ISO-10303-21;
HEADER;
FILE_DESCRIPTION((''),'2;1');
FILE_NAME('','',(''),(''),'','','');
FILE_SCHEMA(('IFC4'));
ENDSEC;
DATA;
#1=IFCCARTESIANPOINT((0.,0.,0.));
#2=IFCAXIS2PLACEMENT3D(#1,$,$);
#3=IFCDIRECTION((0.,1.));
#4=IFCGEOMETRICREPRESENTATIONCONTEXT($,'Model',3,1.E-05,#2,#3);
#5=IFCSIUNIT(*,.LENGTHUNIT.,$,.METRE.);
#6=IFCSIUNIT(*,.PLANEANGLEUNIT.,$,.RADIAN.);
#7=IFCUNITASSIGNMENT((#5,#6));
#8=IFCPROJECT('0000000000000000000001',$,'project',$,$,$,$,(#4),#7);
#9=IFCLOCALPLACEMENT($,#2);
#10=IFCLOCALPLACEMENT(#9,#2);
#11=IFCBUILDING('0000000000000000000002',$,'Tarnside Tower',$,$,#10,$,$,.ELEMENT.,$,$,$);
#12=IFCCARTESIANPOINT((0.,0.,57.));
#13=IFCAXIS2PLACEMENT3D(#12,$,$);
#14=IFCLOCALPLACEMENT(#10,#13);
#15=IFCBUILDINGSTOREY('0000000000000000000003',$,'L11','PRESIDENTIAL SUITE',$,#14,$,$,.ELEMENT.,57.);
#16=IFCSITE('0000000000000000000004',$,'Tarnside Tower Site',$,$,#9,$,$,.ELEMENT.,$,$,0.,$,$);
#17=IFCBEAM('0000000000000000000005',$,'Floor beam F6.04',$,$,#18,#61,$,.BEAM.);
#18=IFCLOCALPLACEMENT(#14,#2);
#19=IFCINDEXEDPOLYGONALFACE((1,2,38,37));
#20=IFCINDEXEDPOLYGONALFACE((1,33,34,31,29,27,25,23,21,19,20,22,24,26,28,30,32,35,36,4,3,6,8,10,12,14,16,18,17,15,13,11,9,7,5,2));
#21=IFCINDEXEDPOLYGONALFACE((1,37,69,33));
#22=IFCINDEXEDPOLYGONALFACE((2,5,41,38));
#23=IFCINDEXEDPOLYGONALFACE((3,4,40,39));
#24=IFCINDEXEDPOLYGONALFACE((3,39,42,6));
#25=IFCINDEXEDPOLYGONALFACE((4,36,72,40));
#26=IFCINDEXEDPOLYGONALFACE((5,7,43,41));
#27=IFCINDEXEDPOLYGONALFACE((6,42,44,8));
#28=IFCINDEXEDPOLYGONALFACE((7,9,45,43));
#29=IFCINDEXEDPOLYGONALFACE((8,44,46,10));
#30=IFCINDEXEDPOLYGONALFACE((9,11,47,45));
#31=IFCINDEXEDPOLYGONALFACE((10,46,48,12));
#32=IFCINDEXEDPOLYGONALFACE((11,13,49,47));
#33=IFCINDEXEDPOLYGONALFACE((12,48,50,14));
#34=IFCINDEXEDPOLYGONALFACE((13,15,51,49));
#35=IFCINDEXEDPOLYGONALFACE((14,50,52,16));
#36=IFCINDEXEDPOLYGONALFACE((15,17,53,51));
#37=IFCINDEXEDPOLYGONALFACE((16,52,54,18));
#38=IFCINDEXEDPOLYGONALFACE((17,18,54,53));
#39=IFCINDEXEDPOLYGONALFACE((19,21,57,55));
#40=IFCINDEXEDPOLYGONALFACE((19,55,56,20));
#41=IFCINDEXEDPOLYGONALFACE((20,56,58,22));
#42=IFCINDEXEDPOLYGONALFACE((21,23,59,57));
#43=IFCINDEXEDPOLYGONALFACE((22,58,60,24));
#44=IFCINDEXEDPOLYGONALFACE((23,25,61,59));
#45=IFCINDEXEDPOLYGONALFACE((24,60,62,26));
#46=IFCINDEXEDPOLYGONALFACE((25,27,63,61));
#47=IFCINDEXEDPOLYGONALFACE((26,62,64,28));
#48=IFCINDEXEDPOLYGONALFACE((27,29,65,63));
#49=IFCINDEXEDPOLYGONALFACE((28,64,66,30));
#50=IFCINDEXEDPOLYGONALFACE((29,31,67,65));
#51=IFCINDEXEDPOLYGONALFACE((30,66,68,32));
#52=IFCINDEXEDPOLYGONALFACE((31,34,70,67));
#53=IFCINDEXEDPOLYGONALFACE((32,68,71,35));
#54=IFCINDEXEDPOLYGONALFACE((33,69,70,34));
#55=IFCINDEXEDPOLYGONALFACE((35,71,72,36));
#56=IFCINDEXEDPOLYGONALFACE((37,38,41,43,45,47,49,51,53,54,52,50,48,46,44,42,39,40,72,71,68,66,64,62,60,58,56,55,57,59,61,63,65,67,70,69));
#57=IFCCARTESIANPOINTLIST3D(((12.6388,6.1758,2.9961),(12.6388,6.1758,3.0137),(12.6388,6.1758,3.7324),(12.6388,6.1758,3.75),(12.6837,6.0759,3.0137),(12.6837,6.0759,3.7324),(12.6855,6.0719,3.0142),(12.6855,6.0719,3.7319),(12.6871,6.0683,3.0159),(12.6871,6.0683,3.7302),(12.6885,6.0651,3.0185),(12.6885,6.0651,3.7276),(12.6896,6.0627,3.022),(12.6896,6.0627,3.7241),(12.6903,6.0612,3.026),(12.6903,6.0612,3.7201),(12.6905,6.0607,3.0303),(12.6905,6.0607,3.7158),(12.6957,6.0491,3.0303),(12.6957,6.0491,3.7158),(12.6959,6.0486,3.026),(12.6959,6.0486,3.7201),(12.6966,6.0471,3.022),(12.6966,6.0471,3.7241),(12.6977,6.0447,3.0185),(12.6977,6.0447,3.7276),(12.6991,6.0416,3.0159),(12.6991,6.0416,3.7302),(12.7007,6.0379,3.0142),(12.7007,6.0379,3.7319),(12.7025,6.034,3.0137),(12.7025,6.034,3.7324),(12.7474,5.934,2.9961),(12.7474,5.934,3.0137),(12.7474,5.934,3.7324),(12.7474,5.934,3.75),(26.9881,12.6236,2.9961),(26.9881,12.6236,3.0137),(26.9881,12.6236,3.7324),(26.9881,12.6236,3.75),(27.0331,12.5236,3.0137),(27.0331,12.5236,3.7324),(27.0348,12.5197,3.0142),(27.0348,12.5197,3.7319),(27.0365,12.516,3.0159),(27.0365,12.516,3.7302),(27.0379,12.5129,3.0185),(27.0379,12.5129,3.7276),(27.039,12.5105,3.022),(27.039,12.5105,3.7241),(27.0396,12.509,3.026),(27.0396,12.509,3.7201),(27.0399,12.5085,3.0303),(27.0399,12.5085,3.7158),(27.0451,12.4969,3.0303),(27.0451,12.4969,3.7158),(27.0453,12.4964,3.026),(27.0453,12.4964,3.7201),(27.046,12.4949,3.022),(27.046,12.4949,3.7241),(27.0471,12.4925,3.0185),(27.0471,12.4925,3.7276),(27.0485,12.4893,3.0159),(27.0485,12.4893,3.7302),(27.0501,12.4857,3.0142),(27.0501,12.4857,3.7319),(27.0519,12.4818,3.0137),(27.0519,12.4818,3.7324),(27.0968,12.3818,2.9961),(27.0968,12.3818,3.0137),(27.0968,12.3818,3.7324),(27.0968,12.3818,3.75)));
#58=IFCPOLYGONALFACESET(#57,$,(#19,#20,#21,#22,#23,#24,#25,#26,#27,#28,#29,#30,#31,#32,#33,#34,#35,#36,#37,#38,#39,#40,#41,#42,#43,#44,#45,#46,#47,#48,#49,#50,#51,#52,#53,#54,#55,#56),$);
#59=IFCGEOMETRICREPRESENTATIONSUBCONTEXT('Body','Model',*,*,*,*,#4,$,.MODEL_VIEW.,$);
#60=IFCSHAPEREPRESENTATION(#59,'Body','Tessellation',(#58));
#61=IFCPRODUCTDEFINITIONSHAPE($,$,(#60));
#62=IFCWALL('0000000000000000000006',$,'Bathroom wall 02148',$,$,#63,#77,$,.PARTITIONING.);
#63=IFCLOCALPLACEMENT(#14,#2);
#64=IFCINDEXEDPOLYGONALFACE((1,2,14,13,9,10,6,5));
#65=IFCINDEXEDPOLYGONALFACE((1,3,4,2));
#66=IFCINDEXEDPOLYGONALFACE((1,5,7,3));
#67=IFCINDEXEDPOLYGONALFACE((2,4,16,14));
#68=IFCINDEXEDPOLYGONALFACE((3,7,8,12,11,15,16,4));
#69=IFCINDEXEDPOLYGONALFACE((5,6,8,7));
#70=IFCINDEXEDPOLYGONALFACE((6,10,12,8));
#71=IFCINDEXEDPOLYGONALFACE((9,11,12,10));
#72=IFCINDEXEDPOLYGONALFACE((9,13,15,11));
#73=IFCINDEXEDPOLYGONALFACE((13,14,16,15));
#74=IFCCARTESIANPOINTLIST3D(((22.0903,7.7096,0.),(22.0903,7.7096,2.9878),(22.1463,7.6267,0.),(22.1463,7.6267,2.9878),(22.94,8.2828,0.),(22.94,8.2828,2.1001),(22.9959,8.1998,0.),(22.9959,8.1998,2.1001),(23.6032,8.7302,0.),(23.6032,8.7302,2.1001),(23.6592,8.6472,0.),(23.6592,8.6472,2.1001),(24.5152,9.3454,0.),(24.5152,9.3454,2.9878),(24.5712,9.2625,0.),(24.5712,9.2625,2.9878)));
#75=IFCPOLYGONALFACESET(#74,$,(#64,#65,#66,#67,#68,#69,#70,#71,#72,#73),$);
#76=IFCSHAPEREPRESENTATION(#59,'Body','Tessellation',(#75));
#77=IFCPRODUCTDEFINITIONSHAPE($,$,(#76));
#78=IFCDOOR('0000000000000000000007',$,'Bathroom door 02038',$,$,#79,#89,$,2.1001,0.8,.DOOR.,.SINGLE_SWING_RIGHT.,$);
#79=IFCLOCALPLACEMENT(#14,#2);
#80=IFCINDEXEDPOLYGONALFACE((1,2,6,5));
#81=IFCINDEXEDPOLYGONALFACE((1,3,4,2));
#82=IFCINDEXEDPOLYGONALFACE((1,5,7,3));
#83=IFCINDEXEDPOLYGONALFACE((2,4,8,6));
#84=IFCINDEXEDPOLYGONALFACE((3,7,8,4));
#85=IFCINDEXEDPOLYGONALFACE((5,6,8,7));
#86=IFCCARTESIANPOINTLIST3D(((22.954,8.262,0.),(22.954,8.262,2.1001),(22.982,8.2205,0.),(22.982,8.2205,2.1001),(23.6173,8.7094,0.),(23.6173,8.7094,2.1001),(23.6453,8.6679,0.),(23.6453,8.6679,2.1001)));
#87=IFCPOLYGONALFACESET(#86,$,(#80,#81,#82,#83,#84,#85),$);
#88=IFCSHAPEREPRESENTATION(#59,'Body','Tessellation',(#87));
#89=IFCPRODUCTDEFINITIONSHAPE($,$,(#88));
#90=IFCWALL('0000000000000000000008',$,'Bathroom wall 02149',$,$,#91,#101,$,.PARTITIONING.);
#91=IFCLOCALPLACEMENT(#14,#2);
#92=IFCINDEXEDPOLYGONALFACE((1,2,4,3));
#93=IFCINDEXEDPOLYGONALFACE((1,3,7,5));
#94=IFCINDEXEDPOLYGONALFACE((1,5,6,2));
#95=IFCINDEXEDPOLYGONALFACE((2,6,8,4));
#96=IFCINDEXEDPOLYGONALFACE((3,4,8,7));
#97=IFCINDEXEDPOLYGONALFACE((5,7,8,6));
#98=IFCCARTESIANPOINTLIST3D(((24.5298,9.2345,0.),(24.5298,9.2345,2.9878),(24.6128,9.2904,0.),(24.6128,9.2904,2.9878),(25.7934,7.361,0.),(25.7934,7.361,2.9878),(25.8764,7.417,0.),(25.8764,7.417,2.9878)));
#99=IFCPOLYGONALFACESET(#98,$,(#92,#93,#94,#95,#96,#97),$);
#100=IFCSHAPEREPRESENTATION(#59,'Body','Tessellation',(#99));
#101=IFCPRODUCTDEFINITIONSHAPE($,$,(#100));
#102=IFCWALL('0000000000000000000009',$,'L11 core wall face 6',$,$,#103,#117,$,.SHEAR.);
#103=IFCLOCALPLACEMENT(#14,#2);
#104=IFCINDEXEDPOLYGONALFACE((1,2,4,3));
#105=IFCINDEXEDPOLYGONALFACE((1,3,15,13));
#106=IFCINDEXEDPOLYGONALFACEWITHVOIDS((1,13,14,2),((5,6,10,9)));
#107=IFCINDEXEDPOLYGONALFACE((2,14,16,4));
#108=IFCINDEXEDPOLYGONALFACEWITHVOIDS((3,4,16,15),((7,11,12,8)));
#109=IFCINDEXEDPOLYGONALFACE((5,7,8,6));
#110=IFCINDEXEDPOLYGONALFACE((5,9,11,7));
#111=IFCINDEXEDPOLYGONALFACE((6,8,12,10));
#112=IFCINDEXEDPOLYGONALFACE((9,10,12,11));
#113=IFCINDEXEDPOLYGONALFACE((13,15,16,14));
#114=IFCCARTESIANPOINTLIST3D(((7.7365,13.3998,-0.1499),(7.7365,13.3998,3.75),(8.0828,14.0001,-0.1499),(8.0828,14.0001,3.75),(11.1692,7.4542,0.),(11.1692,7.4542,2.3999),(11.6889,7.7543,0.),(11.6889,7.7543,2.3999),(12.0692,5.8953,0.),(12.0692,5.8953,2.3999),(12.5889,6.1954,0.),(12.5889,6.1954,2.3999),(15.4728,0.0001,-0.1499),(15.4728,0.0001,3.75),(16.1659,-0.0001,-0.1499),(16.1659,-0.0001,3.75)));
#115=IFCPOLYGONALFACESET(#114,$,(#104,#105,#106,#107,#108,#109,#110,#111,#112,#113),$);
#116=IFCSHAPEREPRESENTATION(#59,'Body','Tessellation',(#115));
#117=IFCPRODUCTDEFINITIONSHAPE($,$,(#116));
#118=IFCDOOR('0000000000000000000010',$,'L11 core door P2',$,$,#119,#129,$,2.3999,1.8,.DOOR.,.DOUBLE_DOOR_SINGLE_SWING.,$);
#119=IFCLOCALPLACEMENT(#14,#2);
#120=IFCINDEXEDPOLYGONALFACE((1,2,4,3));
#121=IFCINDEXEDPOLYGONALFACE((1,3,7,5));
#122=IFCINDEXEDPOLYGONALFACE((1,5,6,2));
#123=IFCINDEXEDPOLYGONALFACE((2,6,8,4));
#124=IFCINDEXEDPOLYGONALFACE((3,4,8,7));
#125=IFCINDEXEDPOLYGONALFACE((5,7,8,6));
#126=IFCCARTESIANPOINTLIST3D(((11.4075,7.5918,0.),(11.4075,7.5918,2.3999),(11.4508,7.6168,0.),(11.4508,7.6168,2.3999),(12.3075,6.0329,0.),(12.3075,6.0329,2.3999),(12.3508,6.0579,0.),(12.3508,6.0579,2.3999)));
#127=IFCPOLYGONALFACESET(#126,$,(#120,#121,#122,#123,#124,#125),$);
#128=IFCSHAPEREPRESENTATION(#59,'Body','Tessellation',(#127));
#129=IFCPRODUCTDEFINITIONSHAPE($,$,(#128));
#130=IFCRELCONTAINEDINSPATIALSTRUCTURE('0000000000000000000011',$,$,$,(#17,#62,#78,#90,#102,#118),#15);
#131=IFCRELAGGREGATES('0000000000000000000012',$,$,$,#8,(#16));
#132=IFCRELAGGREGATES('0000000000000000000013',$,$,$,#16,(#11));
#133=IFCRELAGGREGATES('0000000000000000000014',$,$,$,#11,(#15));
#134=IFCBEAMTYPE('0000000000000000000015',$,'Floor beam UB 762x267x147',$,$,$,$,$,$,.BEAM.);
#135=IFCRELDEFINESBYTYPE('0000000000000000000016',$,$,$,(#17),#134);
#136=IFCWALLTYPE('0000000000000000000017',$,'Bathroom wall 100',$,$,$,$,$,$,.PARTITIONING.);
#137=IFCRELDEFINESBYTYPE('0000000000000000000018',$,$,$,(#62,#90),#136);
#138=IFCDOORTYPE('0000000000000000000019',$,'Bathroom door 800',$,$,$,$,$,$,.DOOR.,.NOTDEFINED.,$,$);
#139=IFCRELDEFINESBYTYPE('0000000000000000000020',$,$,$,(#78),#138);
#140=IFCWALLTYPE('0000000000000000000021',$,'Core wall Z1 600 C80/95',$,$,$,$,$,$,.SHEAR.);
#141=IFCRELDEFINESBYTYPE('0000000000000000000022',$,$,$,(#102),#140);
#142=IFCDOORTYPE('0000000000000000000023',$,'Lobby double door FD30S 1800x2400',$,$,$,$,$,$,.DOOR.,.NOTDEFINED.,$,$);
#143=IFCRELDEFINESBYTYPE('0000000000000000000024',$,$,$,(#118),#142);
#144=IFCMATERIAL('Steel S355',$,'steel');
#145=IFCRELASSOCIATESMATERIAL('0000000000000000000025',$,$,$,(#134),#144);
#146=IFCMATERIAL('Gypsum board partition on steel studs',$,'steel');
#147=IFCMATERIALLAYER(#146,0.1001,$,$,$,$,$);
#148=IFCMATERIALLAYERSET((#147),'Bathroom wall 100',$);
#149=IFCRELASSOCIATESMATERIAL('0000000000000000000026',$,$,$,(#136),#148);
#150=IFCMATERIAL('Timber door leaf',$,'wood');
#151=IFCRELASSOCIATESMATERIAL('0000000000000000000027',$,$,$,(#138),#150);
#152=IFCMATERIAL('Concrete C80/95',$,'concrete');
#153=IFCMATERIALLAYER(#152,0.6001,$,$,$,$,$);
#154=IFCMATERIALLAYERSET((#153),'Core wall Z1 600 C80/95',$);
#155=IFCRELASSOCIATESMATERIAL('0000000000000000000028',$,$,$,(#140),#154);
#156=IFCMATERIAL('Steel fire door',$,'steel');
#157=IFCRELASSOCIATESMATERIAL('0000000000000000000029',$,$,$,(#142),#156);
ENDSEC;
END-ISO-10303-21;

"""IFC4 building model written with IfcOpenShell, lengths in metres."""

from ifc_helpers import new_model, si_unit, direction, frame, frame_2d, origin, origin_2d, place, context, subcontext, project, spatial, polyline, rectangle, i_section, outline, extrude, material, layer, layer_set, material_profile, profile_set, type_object, element, fill, save


model = new_model("IFC4")

# Units and contexts
model_context = context("Model", 3, precision=1e-05, world=origin(), true_north=direction((0.0, 1.0)))
body_context = subcontext(model_context, "Body", "Model", "MODEL_VIEW")
ifc_project = project(units=[si_unit("LENGTHUNIT", "METRE"), si_unit("PLANEANGLEUNIT", "RADIAN")], contexts=[model_context])

# Site, building, storey
site_placement = place(None, origin())
site = spatial("IfcSite", under=ifc_project, at=site_placement, Name="Tarnside Tower Site", CompositionType="ELEMENT", RefElevation=0.0)
building_placement = place(site_placement, origin())
building = spatial("IfcBuilding", under=site, at=building_placement, Name="Tarnside Tower", CompositionType="ELEMENT")
storey_placement = place(building_placement, frame((0.0, 0.0, 57.0)))
storey = spatial("IfcBuildingStorey", under=building, at=storey_placement, Name="L11", Description="PRESIDENTIAL SUITE", CompositionType="ELEMENT", Elevation=57.0)

# Beam
ifc_material_1 = material(Name="Steel S355", Category="steel")
ifc_material_profile = material_profile(ifc_material_1, i_section(OverallWidth=0.2651, OverallDepth=0.7539, WebThickness=0.0127, FlangeThickness=0.0176, FilletRadius=0.0166, at=origin_2d()), Name="UB 762x267x147")
ifc_profile_set = profile_set([ifc_material_profile], Name="Steel S355")
beam_type = type_object("IfcBeamType", Name="Floor beam UB 762x267x147", PredefinedType="BEAM", material=ifc_profile_set)
beam_placement = place(storey_placement, frame((27.0425, 12.5027, 3.373), z_axis=(-0.912146, -0.409865, 0.0), x_axis=(0.409865, -0.912146, 0.0)))
element("IfcBeam", 1, at=beam_placement, inside=storey, type_object=beam_type, Name="Floor beam F6.04", PredefinedType="BEAM", context=body_context, shape_type="SweptSolid", body=[
    extrude(i_section(OverallWidth=0.2651, OverallDepth=0.7539, WebThickness=0.0127, FlangeThickness=0.0176, FilletRadius=0.0166, at=origin_2d()), origin(), (0.0, 0.0, 1.0), 15.7314),
])

# Wall, opening, door
ifc_material_2 = material(Name="Gypsum board partition on steel studs", Category="steel")
ifc_layer_1 = layer(ifc_material_2, 0.1001)
ifc_layer_set_1 = layer_set([ifc_layer_1], Name="Bathroom wall 100")
wall_type_1 = type_object("IfcWallType", Name="Bathroom wall 100", PredefinedType="PARTITIONING", material=ifc_layer_set_1)
wall_1_placement = place(storey_placement, frame((22.1184, 7.6682, 0.0), z_axis=(0.0, 0.0, 1.0), x_axis=(0.829007, 0.559238, 0.0)))
wall_1 = element("IfcWall", 2, at=wall_1_placement, inside=storey, type_object=wall_type_1, Name="Bathroom wall 02148", PredefinedType="PARTITIONING", context=body_context, shape_type="SweptSolid", body=[
    extrude(rectangle(XDim=2.925, YDim=0.1001, at=frame_2d((1.4624, 0.0))), origin(), (0.0, 0.0, 1.0), 2.9878),
])
opening_1_placement = place(wall_1_placement, frame((1.0249, 0.0, 0.0)))
opening_1 = element("IfcOpeningElement", 3, at=opening_1_placement, cuts=wall_1, PredefinedType="OPENING", context=body_context, shape_type="SweptSolid", body=[
    extrude(rectangle(XDim=0.8, YDim=2.1001, at=frame_2d((0.3999, 1.05))), frame((0.0, 0.0601, 0.0), z_axis=(0.0, -1.0, 0.0), x_axis=(1.0, 0.0, 0.0)), (0.0, 0.0, 1.0), 0.1201),
])
ifc_material_3 = material(Name="Timber door leaf", Category="wood")
door_type_1 = type_object("IfcDoorType", Name="Bathroom door 800", OperationType="NOTDEFINED", PredefinedType="DOOR", material=ifc_material_3)
door_1_placement = place(opening_1_placement, origin())
door_1 = element("IfcDoor", 4, at=door_1_placement, inside=storey, type_object=door_type_1, Name="Bathroom door 02038", OperationType="SINGLE_SWING_RIGHT", OverallHeight=2.1001, OverallWidth=0.8, PredefinedType="DOOR", context=body_context, shape_type="SweptSolid", body=[
    extrude(rectangle(XDim=0.8, YDim=2.1001, at=frame_2d((0.3999, 1.05))), frame((0.0, 0.0249, 0.0), z_axis=(0.0, -1.0, 0.0), x_axis=(1.0, 0.0, 0.0)), (0.0, 0.0, 1.0), 0.05),
])
fill(opening_1, door_1)

# Wall
wall_2_placement = place(storey_placement, frame((24.5713, 9.2625, 0.0), z_axis=(0.0, 0.0, 1.0), x_axis=(0.55918, -0.829047, 0.0)))
element("IfcWall", 5, at=wall_2_placement, inside=storey, type_object=wall_type_1, Name="Bathroom wall 02149", PredefinedType="PARTITIONING", context=body_context, shape_type="SweptSolid", body=[
    extrude(rectangle(XDim=2.2598, YDim=0.1001, at=frame_2d((1.1299, 0.0))), origin(), (0.0, 0.0, 1.0), 2.9878),
])

# Wall, opening, door
ifc_material_4 = material(Name="Concrete C80/95", Category="concrete")
ifc_layer_2 = layer(ifc_material_4, 0.6001)
ifc_layer_set_2 = layer_set([ifc_layer_2], Name="Core wall Z1 600 C80/95")
wall_type_2 = type_object("IfcWallType", Name="Core wall Z1 600 C80/95", PredefinedType="SHEAR", material=ifc_layer_set_2)
wall_3_placement = place(storey_placement, frame((15.8193, 0.0, -0.1499), z_axis=(0.0, 0.0, 1.0), x_axis=(-0.5, 0.866025, 0.0)))
wall_3 = element("IfcWall", 6, at=wall_3_placement, inside=storey, type_object=wall_type_2, Name="L11 core wall face 6", PredefinedType="SHEAR", context=body_context, shape_type="SweptSolid", body=[
    extrude(outline(polyline([(-0.1733, -0.3), (15.9927, -0.3), (15.646, 0.3), (0.1733, 0.3), (-0.1733, -0.3)])), origin(), (0.0, 0.0, 1.0), 3.8999),
])
opening_2_placement = place(wall_3_placement, frame((6.9807, 0.0, 0.1499)))
opening_2 = element("IfcOpeningElement", 7, at=opening_2_placement, cuts=wall_3, PredefinedType="OPENING", context=body_context, shape_type="SweptSolid", body=[
    extrude(rectangle(XDim=1.8, YDim=2.3999, at=frame_2d((0.8999, 1.2))), frame((0.0, 0.3101, 0.0), z_axis=(0.0, -1.0, 0.0), x_axis=(1.0, 0.0, 0.0)), (0.0, 0.0, 1.0), 0.6201),
])
ifc_material_5 = material(Name="Steel fire door", Category="steel")
door_type_2 = type_object("IfcDoorType", Name="Lobby double door FD30S 1800x2400", OperationType="NOTDEFINED", PredefinedType="DOOR", material=ifc_material_5)
door_2_placement = place(opening_2_placement, origin())
door_2 = element("IfcDoor", 8, at=door_2_placement, inside=storey, type_object=door_type_2, Name="L11 core door P2", OperationType="DOUBLE_DOOR_SINGLE_SWING", OverallHeight=2.3999, OverallWidth=1.8, PredefinedType="DOOR", context=body_context, shape_type="SweptSolid", body=[
    extrude(rectangle(XDim=1.8, YDim=2.3999, at=frame_2d((0.8999, 1.2))), frame((0.0, 0.0249, 0.0), z_axis=(0.0, -1.0, 0.0), x_axis=(1.0, 0.0, 0.0)), (0.0, 0.0, 1.0), 0.05),
])
fill(opening_2, door_2)

save(model, "model.ifc")
